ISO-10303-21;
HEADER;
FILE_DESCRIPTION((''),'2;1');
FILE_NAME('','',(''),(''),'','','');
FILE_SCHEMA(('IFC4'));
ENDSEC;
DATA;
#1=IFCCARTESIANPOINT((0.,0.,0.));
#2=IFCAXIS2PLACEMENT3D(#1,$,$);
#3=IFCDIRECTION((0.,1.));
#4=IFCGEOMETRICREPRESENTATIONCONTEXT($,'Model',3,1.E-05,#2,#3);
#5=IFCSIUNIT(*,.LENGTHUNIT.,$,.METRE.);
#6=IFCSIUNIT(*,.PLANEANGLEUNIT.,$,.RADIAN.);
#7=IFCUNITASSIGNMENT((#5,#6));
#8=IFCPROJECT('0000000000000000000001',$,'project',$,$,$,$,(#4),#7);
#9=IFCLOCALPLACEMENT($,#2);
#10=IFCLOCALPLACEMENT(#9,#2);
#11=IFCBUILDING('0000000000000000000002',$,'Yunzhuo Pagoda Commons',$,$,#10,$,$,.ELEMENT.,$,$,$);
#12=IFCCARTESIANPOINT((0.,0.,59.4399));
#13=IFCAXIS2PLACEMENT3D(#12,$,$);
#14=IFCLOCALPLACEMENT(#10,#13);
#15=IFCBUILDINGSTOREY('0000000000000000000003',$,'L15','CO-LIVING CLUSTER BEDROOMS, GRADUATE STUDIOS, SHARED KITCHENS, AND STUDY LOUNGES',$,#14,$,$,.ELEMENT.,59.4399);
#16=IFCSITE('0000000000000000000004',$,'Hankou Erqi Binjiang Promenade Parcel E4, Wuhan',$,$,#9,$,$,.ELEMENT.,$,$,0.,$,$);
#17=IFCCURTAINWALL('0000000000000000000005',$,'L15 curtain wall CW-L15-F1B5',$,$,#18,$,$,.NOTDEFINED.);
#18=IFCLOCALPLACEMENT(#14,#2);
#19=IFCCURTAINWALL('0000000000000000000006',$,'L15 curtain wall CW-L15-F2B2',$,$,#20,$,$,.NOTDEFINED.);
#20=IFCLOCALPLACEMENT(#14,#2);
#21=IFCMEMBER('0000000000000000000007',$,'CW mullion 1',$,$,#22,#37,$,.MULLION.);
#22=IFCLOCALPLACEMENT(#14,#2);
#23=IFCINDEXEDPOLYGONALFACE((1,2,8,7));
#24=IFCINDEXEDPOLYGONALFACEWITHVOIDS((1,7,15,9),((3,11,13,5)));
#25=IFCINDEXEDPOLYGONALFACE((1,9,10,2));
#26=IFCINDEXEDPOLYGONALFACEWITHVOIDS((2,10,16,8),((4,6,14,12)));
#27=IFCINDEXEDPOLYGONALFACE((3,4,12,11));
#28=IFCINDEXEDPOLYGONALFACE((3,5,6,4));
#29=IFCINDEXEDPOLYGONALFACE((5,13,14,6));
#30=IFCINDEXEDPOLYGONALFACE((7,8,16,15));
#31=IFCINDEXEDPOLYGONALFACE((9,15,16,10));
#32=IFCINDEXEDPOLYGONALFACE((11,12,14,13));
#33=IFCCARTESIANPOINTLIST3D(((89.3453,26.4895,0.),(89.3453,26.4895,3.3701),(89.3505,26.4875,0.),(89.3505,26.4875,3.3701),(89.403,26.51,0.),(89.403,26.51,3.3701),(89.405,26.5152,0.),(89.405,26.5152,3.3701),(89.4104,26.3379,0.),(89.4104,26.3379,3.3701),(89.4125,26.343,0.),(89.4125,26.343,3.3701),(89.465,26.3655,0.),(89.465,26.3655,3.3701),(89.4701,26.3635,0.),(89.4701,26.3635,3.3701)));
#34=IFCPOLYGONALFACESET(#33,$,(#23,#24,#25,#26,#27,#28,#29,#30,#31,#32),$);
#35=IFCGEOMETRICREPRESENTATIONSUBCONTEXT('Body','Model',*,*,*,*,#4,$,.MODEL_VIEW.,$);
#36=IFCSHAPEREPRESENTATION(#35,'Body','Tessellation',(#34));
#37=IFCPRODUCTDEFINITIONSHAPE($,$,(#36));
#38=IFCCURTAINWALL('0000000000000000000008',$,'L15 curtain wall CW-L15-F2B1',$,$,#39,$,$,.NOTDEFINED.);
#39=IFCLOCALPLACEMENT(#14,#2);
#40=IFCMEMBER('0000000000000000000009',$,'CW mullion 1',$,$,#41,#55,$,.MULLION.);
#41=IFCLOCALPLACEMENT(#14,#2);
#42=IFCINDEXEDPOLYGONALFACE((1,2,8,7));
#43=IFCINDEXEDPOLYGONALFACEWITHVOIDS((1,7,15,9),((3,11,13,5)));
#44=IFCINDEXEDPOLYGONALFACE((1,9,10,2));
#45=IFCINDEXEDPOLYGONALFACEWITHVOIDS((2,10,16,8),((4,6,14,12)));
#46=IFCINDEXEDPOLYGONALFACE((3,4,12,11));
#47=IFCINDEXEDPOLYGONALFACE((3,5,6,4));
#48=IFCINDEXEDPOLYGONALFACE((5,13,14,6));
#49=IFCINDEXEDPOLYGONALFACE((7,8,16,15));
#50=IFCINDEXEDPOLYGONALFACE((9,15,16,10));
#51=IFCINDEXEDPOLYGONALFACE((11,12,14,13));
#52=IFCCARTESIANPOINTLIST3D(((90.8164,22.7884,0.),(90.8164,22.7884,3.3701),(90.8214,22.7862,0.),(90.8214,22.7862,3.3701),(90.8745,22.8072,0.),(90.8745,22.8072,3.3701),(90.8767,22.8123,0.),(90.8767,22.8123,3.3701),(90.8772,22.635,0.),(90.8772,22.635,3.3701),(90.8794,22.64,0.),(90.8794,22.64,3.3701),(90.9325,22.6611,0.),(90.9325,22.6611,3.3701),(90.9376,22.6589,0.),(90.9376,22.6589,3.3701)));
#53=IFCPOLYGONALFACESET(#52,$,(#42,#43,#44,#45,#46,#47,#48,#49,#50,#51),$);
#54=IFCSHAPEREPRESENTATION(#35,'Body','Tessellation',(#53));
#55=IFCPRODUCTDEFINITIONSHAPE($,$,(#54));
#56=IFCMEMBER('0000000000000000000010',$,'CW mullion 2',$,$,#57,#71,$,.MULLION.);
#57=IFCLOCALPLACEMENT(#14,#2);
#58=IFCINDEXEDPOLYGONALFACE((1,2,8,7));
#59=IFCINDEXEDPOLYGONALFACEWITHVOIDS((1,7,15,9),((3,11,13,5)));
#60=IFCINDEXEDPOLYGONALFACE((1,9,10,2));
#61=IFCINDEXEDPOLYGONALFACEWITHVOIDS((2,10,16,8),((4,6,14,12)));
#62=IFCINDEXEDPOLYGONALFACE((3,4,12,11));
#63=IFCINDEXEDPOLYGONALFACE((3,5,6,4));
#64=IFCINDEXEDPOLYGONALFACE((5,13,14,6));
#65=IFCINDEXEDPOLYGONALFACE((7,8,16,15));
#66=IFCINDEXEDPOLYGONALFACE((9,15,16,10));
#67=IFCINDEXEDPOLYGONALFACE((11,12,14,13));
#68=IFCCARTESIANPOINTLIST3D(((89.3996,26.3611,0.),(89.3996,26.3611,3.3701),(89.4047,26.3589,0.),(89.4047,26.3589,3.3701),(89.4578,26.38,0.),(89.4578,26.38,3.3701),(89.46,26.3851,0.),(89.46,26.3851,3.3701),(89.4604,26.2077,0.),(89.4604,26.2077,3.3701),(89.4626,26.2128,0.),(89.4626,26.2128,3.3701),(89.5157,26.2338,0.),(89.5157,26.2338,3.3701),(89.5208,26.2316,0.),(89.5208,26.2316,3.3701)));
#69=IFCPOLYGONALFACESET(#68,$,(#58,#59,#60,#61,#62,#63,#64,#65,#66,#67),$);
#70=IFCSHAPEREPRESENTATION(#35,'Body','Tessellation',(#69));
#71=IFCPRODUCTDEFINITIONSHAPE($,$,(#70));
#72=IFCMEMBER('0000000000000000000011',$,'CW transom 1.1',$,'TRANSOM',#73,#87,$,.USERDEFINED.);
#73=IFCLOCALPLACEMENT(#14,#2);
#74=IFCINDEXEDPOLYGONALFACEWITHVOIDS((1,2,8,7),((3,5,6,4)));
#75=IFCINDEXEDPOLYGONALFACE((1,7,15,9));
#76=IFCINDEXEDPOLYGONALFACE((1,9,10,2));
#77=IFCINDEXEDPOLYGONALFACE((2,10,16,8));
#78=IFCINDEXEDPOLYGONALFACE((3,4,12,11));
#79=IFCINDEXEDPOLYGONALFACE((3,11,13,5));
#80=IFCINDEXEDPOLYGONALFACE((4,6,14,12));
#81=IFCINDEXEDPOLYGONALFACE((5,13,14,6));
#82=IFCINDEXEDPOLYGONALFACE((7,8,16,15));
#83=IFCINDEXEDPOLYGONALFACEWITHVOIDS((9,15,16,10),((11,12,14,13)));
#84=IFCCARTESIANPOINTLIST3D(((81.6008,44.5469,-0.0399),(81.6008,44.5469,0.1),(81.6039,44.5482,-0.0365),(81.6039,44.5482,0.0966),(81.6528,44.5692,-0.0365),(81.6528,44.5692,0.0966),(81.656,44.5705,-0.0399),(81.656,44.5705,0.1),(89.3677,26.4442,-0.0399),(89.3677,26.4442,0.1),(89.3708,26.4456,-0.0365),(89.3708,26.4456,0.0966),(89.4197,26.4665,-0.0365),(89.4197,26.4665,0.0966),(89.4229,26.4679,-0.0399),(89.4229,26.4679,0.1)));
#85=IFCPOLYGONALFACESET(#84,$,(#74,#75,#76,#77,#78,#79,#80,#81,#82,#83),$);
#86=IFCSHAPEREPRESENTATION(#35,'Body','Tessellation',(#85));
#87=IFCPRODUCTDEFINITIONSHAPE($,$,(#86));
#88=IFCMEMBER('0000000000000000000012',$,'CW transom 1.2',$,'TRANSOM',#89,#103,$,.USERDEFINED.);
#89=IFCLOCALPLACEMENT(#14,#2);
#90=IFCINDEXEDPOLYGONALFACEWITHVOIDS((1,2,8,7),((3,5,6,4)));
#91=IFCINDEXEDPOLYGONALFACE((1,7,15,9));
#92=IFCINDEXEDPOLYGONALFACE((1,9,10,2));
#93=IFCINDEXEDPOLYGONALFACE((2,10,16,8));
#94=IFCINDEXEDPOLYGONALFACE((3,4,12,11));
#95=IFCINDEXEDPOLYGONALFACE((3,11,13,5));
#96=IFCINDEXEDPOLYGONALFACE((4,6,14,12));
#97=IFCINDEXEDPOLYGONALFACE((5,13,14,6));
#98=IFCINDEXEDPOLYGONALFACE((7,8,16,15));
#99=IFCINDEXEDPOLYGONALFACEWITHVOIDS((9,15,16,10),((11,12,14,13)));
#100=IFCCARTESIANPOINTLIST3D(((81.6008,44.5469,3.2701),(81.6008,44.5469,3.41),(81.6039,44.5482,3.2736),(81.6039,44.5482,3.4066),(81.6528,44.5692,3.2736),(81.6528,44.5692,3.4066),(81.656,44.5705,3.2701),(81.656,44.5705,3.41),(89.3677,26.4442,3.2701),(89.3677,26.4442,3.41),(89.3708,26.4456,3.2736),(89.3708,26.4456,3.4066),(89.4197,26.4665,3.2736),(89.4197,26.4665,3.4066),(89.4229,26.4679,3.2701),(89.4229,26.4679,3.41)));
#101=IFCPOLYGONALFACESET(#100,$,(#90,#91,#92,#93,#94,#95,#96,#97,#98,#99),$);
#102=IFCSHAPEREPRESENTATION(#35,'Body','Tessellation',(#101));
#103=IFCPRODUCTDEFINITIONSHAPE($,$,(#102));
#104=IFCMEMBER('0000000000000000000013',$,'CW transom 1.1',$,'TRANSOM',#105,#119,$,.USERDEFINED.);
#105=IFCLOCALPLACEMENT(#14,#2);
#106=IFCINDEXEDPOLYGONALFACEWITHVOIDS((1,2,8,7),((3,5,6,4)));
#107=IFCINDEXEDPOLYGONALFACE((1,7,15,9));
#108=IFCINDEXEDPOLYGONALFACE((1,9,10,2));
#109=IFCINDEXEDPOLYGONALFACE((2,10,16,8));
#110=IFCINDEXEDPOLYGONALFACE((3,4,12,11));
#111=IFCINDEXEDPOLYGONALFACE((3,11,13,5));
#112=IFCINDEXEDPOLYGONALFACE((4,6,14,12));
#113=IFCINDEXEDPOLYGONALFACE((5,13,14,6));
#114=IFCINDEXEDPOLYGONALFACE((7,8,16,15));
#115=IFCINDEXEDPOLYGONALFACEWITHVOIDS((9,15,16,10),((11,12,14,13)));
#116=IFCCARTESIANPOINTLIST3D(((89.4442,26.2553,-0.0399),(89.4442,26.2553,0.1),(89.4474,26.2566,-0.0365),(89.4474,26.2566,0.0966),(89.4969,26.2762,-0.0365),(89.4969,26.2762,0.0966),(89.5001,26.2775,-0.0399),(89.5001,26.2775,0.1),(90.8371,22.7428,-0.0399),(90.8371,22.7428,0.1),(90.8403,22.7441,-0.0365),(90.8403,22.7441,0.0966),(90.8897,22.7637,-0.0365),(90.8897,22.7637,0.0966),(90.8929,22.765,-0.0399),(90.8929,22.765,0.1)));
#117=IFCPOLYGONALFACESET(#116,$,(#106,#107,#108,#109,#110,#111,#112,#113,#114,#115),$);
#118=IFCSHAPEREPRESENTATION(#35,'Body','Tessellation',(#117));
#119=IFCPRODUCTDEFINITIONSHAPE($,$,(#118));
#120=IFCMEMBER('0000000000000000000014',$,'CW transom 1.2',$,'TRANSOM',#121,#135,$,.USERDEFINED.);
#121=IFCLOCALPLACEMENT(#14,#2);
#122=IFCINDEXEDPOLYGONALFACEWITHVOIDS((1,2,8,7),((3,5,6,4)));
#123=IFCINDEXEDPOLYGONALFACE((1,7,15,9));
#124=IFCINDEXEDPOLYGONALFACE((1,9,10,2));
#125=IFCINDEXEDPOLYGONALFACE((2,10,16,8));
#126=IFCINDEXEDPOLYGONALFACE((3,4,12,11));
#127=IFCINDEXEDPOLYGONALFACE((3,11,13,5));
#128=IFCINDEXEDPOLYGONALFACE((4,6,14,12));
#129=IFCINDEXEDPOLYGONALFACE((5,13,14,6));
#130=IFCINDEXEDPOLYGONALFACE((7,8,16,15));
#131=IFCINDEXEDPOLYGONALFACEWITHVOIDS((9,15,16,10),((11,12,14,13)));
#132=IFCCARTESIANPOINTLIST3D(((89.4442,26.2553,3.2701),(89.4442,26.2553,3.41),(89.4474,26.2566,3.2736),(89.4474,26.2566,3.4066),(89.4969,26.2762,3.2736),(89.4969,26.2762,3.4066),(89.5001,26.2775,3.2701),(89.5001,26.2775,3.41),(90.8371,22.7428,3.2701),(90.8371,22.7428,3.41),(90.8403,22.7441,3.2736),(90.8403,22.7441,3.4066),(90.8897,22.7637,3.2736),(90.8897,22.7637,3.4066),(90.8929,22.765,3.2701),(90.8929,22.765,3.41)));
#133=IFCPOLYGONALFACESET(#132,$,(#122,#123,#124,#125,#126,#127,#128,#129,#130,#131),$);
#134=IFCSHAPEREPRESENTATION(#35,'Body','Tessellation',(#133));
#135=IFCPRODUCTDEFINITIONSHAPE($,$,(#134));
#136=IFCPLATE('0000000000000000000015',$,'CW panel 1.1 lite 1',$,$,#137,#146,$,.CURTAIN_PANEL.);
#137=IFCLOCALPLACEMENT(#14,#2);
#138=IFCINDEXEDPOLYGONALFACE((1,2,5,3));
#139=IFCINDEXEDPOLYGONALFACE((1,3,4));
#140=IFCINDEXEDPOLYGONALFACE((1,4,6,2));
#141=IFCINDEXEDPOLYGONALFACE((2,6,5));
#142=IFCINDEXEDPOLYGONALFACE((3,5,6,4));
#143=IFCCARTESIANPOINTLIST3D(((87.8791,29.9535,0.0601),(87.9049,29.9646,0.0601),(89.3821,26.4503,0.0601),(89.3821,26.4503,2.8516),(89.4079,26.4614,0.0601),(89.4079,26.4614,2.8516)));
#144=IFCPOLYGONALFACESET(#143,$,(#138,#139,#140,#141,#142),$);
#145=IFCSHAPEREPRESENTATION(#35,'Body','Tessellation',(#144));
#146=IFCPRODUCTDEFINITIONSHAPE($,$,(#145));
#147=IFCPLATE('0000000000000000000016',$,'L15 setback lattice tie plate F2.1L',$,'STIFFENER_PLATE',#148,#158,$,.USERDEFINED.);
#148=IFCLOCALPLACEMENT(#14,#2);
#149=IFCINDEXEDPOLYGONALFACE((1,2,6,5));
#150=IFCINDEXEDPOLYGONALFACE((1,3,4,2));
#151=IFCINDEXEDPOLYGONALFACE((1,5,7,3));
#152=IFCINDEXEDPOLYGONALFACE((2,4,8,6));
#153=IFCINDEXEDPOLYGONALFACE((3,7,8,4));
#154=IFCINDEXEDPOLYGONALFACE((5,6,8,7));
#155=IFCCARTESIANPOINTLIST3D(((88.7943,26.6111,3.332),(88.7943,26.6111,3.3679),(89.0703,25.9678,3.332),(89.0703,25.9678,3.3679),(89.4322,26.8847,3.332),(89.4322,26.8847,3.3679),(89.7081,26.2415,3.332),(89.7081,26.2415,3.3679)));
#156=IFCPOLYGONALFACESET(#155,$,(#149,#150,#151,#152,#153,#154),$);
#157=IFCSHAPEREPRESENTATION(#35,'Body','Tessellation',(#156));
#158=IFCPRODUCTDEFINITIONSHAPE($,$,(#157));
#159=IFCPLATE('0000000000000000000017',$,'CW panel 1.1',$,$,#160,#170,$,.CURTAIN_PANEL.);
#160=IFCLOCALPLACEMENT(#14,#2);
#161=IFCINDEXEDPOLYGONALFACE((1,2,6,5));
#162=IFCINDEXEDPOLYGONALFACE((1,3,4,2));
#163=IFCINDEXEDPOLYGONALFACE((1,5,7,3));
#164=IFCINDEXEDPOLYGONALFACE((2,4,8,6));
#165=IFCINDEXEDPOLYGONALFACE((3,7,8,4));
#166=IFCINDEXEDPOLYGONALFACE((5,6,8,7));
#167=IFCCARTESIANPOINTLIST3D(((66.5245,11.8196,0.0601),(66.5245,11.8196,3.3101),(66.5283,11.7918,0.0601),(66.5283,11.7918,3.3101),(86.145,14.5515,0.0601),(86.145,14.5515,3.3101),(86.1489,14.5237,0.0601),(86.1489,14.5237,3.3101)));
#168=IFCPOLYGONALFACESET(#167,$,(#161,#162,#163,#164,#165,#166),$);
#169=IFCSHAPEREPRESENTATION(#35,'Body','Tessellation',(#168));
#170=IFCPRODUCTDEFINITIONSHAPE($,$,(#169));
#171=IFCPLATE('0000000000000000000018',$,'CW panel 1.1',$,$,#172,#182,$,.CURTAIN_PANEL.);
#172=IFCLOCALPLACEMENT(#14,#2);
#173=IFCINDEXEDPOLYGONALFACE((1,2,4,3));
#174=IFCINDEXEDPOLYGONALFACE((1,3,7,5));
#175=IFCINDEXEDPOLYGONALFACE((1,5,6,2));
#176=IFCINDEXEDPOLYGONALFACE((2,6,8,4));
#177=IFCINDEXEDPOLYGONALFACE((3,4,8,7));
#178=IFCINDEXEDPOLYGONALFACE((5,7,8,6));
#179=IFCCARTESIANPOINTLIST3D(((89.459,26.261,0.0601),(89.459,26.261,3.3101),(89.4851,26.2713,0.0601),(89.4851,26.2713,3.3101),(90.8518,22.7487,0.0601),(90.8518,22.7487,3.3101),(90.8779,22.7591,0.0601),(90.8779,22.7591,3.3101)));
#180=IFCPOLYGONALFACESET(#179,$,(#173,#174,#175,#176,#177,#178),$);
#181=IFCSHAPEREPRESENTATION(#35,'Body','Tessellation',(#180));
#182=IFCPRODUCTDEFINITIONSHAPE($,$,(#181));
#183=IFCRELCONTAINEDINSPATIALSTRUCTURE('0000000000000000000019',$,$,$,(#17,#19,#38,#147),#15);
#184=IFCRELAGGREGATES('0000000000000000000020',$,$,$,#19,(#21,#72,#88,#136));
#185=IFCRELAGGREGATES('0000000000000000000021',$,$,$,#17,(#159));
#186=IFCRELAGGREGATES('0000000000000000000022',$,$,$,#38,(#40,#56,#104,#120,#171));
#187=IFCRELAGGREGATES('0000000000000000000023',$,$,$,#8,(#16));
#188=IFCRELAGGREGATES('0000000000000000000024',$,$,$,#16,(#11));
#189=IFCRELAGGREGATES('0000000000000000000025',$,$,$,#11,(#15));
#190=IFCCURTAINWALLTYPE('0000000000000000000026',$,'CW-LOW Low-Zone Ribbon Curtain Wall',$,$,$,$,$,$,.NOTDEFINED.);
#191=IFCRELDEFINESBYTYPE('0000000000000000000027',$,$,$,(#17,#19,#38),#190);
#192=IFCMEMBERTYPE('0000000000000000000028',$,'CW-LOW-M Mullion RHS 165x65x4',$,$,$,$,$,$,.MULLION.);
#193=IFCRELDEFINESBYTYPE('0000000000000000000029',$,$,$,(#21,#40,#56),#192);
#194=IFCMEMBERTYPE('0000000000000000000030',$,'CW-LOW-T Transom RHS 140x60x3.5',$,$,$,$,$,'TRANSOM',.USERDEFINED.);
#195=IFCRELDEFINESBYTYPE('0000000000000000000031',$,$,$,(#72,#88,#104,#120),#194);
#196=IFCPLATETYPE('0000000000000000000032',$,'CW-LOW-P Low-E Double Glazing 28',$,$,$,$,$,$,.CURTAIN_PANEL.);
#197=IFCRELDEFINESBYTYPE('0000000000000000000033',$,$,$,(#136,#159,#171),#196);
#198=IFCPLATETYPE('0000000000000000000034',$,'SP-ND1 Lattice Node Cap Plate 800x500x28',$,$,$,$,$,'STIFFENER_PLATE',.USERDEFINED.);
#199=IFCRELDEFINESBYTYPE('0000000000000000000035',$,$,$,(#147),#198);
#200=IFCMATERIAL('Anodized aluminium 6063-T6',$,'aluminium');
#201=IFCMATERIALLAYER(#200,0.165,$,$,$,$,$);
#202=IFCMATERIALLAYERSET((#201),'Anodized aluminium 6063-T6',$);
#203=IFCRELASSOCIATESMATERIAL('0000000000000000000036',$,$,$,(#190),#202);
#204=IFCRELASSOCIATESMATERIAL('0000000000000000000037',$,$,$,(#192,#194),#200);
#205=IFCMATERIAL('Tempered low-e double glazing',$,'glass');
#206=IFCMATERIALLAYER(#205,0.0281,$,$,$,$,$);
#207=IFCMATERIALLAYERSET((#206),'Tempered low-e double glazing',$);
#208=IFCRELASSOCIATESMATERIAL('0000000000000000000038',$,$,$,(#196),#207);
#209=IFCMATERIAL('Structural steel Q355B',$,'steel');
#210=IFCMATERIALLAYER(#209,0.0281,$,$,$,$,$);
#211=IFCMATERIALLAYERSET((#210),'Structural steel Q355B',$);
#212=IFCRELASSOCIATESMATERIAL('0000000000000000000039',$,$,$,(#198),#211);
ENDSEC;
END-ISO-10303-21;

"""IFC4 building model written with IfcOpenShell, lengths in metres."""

from ifc_helpers import new_model, si_unit, direction, frame, origin, origin_2d, place, context, subcontext, project, spatial, polyline, rectangle, hollow_rectangle, outline, extrude, source, transform, mapped, material, layer, layer_set, material_profile, profile_set, type_object, element, aggregate, save


model = new_model("IFC4")

# Units and contexts
model_context = context("Model", 3, precision=1e-05, world=origin(), true_north=direction((0.0, 1.0)))
body_context = subcontext(model_context, "Body", "Model", "MODEL_VIEW")
ifc_project = project(units=[si_unit("LENGTHUNIT", "METRE"), si_unit("PLANEANGLEUNIT", "RADIAN")], contexts=[model_context])

# Site, building, storey
site_placement = place(None, origin())
site = spatial("IfcSite", under=ifc_project, at=site_placement, Name="Hankou Erqi Binjiang Promenade Parcel E4, Wuhan", CompositionType="ELEMENT", RefElevation=0.0)
building_placement = place(site_placement, origin())
building = spatial("IfcBuilding", under=site, at=building_placement, Name="Yunzhuo Pagoda Commons", CompositionType="ELEMENT")
storey_placement = place(building_placement, frame((0.0, 0.0, 59.4399)))
storey = spatial("IfcBuildingStorey", under=building, at=storey_placement, Name="L15", Description="CO-LIVING CLUSTER BEDROOMS, GRADUATE STUDIOS, SHARED KITCHENS, AND STUDY LOUNGES", CompositionType="ELEMENT", Elevation=59.4399)

# Shared definitions
ifc_material_1 = material(Name="Structural steel Q355B", Category="steel")

# Curtain walls, member
ifc_material_2 = material(Name="Anodized aluminium 6063-T6", Category="aluminium")
ifc_layer_1 = layer(ifc_material_2, 0.165)
ifc_layer_set_1 = layer_set([ifc_layer_1], Name="Anodized aluminium 6063-T6")
curtain_wall_type = type_object("IfcCurtainWallType", Name="CW-LOW Low-Zone Ribbon Curtain Wall", PredefinedType="NOTDEFINED", material=ifc_layer_set_1)
curtain_wall_1_placement = place(storey_placement, origin())
curtain_wall_1 = element("IfcCurtainWall", 1, at=curtain_wall_1_placement, inside=storey, type_object=curtain_wall_type, Name="L15 curtain wall CW-L15-F1B5", PredefinedType="NOTDEFINED")
ifc_material_profile_1 = material_profile(ifc_material_2, hollow_rectangle(XDim=0.0649, YDim=0.165, WallThickness=0.0039, at=origin_2d()), Name="Anodized aluminium 6063-T6")
ifc_profile_set_1 = profile_set([ifc_material_profile_1], Name="Anodized aluminium 6063-T6")
member_type_1 = type_object("IfcMemberType", Name="CW-LOW-M Mullion RHS 165x65x4", PredefinedType="MULLION", material=ifc_profile_set_1)
shared_shape_1 = source(origin(), body_context, "Body", "SweptSolid", [
    extrude(hollow_rectangle(XDim=0.0649, YDim=0.165, WallThickness=0.0039, at=origin_2d()), origin(), (0.0, 0.0, 1.0), 3.3701),
])
curtain_wall_2_placement = place(storey_placement, origin())
curtain_wall_2 = element("IfcCurtainWall", 2, at=curtain_wall_2_placement, inside=storey, type_object=curtain_wall_type, Name="L15 curtain wall CW-L15-F2B2", PredefinedType="NOTDEFINED")
member_1_placement = place(storey_placement, frame((89.4077, 26.4265, 0.0), z_axis=(0.0, 0.0, 1.0), x_axis=(-0.918993, -0.394274, 0.0)))
member_1 = element("IfcMember", 3, at=member_1_placement, type_object=member_type_1, Name="CW mullion 1", PredefinedType="MULLION", context=body_context, shape_type="MappedRepresentation", body=[
    mapped(shared_shape_1, transform((0.0, 0.0, 0.0), scale=1.0)),
])

# Curtain wall, members
curtain_wall_3_placement = place(storey_placement, origin())
curtain_wall_3 = element("IfcCurtainWall", 4, at=curtain_wall_3_placement, inside=storey, type_object=curtain_wall_type, Name="L15 curtain wall CW-L15-F2B1", PredefinedType="NOTDEFINED")
member_2_placement = place(storey_placement, frame((90.877, 22.7236, 0.0), z_axis=(0.0, 0.0, 1.0), x_axis=(-0.929582, -0.368614, 0.0)))
member_2 = element("IfcMember", 5, at=member_2_placement, type_object=member_type_1, Name="CW mullion 1", PredefinedType="MULLION", context=body_context, shape_type="MappedRepresentation", body=[
    mapped(shared_shape_1, transform((0.0, 0.0, 0.0), scale=1.0)),
])
member_3_placement = place(storey_placement, frame((89.4602, 26.2964, 0.0), z_axis=(0.0, 0.0, 1.0), x_axis=(-0.929582, -0.368614, 0.0)))
member_3 = element("IfcMember", 6, at=member_3_placement, type_object=member_type_1, Name="CW mullion 2", PredefinedType="MULLION", context=body_context, shape_type="MappedRepresentation", body=[
    mapped(shared_shape_1, transform((0.0, 0.0, 0.0), scale=1.0)),
])

# Members
ifc_material_profile_2 = material_profile(ifc_material_2, hollow_rectangle(XDim=0.0601, YDim=0.1399, WallThickness=0.0034, at=origin_2d()), Name="Anodized aluminium 6063-T6")
ifc_profile_set_2 = profile_set([ifc_material_profile_2], Name="Anodized aluminium 6063-T6")
member_type_2 = type_object("IfcMemberType", Name="CW-LOW-T Transom RHS 140x60x3.5", ElementType="TRANSOM", PredefinedType="USERDEFINED", material=ifc_profile_set_2)
shared_shape_2 = source(origin(), body_context, "Body", "SweptSolid", [
    extrude(hollow_rectangle(XDim=0.0601, YDim=0.1399, WallThickness=0.0034, at=origin_2d()), origin(), (0.0, 0.0, 1.0), 19.6985),
])
member_4_placement = place(storey_placement, frame((89.3953, 26.4561, 0.03), z_axis=(-0.394289, 0.918987, 0.0), x_axis=(-0.918987, -0.394289, 0.0)))
member_4 = element("IfcMember", 7, at=member_4_placement, type_object=member_type_2, Name="CW transom 1.1", ObjectType="TRANSOM", PredefinedType="USERDEFINED", context=body_context, shape_type="MappedRepresentation", body=[
    mapped(shared_shape_2, transform((0.0, 0.0, 0.0), scale=1.0)),
])
member_5_placement = place(storey_placement, frame((89.3953, 26.4561, 3.3401), z_axis=(-0.394289, 0.918987, 0.0), x_axis=(-0.918987, -0.394289, 0.0)))
member_5 = element("IfcMember", 8, at=member_5_placement, type_object=member_type_2, Name="CW transom 1.2", ObjectType="TRANSOM", PredefinedType="USERDEFINED", context=body_context, shape_type="MappedRepresentation", body=[
    mapped(shared_shape_2, transform((0.0, 0.0, 0.0), scale=1.0)),
])
shared_shape_3 = source(origin(), body_context, "Body", "SweptSolid", [
    extrude(hollow_rectangle(XDim=0.0601, YDim=0.1399, WallThickness=0.0034, at=origin_2d()), origin(), (0.0, 0.0, 1.0), 3.7786),
])
member_6_placement = place(storey_placement, frame((90.865, 22.7539, 0.03), z_axis=(-0.368615, 0.929582, 0.0), x_axis=(-0.929582, -0.368615, 0.0)))
member_6 = element("IfcMember", 9, at=member_6_placement, type_object=member_type_2, Name="CW transom 1.1", ObjectType="TRANSOM", PredefinedType="USERDEFINED", context=body_context, shape_type="MappedRepresentation", body=[
    mapped(shared_shape_3, transform((0.0, 0.0, 0.0), scale=1.0)),
])
member_7_placement = place(storey_placement, frame((90.865, 22.7539, 3.3401), z_axis=(-0.368615, 0.929582, 0.0), x_axis=(-0.929582, -0.368615, 0.0)))
member_7 = element("IfcMember", 10, at=member_7_placement, type_object=member_type_2, Name="CW transom 1.2", ObjectType="TRANSOM", PredefinedType="USERDEFINED", context=body_context, shape_type="MappedRepresentation", body=[
    mapped(shared_shape_3, transform((0.0, 0.0, 0.0), scale=1.0)),
])

# Plates
ifc_material_3 = material(Name="Tempered low-e double glazing", Category="glass")
ifc_layer_2 = layer(ifc_material_3, 0.0281)
ifc_layer_set_2 = layer_set([ifc_layer_2], Name="Tempered low-e double glazing")
plate_type_1 = type_object("IfcPlateType", Name="CW-LOW-P Low-E Double Glazing 28", PredefinedType="CURTAIN_PANEL", material=ifc_layer_set_2)
plate_1_placement = place(storey_placement, frame((88.6306, 28.2019, 1.4558), z_axis=(0.918993, 0.394274, 0.0), x_axis=(-0.394274, 0.918993, 0.0)))
plate_1 = element("IfcPlate", 11, at=plate_1_placement, type_object=plate_type_1, Name="CW panel 1.1 lite 1", PredefinedType="CURTAIN_PANEL", context=body_context, shape_type="SweptSolid", body=[
    extrude(outline(polyline([(-1.906, -1.3958), (1.906, -1.3958), (-1.906, 1.3958), (-1.906, -1.3958)])), origin(), (0.0, 0.0, 1.0), 0.0281),
])
aggregate(curtain_wall_2, [member_1, member_4, member_5, plate_1])
ifc_layer_3 = layer(ifc_material_1, 0.0281)
ifc_layer_set_3 = layer_set([ifc_layer_3], Name="Structural steel Q355B")
plate_type_2 = type_object("IfcPlateType", Name="SP-ND1 Lattice Node Cap Plate 800x500x28", ElementType="STIFFENER_PLATE", PredefinedType="USERDEFINED", material=ifc_layer_set_3)
shared_shape_4 = source(origin(), body_context, "Body", "SweptSolid", [
    extrude(rectangle(XDim=0.7, YDim=0.6941, at=origin_2d()), origin(), (0.0, 0.0, 1.0), 0.0359),
])
plate_2_placement = place(storey_placement, frame((89.2512, 26.4263, 3.332), z_axis=(0.0, 0.0, 1.0), x_axis=(-0.394279, 0.918991, 0.0)))
element("IfcPlate", 12, at=plate_2_placement, inside=storey, type_object=plate_type_2, Name="L15 setback lattice tie plate F2.1L", ObjectType="STIFFENER_PLATE", PredefinedType="USERDEFINED", context=body_context, shape_type="MappedRepresentation", body=[
    mapped(shared_shape_4, transform((0.0, 0.0, 0.0), scale=1.0)),
])
shared_shape_5 = source(origin(), body_context, "Body", "SweptSolid", [
    extrude(rectangle(XDim=19.8098, YDim=0.0281, at=origin_2d()), origin(), (0.0, 0.0, 1.0), 3.25),
])
plate_3_placement = place(storey_placement, frame((76.3367, 13.1716, 0.0601), z_axis=(0.0, 0.0, 1.0), x_axis=(0.990445, 0.137905, 0.0)))
plate_3 = element("IfcPlate", 13, at=plate_3_placement, type_object=plate_type_1, Name="CW panel 1.1", PredefinedType="CURTAIN_PANEL", context=body_context, shape_type="MappedRepresentation", body=[
    mapped(shared_shape_5, transform((0.0, 0.0, 0.0), scale=1.0)),
])
aggregate(curtain_wall_1, [plate_3])
shared_shape_6 = source(origin(), body_context, "Body", "SweptSolid", [
    extrude(rectangle(XDim=3.7783, YDim=0.0281, at=origin_2d()), origin(), (0.0, 0.0, 1.0), 3.25),
])
plate_4_placement = place(storey_placement, frame((90.1685, 24.51, 0.0601), z_axis=(0.0, 0.0, 1.0), x_axis=(-0.368614, 0.929582, 0.0)))
plate_4 = element("IfcPlate", 14, at=plate_4_placement, type_object=plate_type_1, Name="CW panel 1.1", PredefinedType="CURTAIN_PANEL", context=body_context, shape_type="MappedRepresentation", body=[
    mapped(shared_shape_6, transform((0.0, 0.0, 0.0), scale=1.0)),
])
aggregate(curtain_wall_3, [member_2, member_3, member_6, member_7, plate_4])

save(model, "model.ifc")
